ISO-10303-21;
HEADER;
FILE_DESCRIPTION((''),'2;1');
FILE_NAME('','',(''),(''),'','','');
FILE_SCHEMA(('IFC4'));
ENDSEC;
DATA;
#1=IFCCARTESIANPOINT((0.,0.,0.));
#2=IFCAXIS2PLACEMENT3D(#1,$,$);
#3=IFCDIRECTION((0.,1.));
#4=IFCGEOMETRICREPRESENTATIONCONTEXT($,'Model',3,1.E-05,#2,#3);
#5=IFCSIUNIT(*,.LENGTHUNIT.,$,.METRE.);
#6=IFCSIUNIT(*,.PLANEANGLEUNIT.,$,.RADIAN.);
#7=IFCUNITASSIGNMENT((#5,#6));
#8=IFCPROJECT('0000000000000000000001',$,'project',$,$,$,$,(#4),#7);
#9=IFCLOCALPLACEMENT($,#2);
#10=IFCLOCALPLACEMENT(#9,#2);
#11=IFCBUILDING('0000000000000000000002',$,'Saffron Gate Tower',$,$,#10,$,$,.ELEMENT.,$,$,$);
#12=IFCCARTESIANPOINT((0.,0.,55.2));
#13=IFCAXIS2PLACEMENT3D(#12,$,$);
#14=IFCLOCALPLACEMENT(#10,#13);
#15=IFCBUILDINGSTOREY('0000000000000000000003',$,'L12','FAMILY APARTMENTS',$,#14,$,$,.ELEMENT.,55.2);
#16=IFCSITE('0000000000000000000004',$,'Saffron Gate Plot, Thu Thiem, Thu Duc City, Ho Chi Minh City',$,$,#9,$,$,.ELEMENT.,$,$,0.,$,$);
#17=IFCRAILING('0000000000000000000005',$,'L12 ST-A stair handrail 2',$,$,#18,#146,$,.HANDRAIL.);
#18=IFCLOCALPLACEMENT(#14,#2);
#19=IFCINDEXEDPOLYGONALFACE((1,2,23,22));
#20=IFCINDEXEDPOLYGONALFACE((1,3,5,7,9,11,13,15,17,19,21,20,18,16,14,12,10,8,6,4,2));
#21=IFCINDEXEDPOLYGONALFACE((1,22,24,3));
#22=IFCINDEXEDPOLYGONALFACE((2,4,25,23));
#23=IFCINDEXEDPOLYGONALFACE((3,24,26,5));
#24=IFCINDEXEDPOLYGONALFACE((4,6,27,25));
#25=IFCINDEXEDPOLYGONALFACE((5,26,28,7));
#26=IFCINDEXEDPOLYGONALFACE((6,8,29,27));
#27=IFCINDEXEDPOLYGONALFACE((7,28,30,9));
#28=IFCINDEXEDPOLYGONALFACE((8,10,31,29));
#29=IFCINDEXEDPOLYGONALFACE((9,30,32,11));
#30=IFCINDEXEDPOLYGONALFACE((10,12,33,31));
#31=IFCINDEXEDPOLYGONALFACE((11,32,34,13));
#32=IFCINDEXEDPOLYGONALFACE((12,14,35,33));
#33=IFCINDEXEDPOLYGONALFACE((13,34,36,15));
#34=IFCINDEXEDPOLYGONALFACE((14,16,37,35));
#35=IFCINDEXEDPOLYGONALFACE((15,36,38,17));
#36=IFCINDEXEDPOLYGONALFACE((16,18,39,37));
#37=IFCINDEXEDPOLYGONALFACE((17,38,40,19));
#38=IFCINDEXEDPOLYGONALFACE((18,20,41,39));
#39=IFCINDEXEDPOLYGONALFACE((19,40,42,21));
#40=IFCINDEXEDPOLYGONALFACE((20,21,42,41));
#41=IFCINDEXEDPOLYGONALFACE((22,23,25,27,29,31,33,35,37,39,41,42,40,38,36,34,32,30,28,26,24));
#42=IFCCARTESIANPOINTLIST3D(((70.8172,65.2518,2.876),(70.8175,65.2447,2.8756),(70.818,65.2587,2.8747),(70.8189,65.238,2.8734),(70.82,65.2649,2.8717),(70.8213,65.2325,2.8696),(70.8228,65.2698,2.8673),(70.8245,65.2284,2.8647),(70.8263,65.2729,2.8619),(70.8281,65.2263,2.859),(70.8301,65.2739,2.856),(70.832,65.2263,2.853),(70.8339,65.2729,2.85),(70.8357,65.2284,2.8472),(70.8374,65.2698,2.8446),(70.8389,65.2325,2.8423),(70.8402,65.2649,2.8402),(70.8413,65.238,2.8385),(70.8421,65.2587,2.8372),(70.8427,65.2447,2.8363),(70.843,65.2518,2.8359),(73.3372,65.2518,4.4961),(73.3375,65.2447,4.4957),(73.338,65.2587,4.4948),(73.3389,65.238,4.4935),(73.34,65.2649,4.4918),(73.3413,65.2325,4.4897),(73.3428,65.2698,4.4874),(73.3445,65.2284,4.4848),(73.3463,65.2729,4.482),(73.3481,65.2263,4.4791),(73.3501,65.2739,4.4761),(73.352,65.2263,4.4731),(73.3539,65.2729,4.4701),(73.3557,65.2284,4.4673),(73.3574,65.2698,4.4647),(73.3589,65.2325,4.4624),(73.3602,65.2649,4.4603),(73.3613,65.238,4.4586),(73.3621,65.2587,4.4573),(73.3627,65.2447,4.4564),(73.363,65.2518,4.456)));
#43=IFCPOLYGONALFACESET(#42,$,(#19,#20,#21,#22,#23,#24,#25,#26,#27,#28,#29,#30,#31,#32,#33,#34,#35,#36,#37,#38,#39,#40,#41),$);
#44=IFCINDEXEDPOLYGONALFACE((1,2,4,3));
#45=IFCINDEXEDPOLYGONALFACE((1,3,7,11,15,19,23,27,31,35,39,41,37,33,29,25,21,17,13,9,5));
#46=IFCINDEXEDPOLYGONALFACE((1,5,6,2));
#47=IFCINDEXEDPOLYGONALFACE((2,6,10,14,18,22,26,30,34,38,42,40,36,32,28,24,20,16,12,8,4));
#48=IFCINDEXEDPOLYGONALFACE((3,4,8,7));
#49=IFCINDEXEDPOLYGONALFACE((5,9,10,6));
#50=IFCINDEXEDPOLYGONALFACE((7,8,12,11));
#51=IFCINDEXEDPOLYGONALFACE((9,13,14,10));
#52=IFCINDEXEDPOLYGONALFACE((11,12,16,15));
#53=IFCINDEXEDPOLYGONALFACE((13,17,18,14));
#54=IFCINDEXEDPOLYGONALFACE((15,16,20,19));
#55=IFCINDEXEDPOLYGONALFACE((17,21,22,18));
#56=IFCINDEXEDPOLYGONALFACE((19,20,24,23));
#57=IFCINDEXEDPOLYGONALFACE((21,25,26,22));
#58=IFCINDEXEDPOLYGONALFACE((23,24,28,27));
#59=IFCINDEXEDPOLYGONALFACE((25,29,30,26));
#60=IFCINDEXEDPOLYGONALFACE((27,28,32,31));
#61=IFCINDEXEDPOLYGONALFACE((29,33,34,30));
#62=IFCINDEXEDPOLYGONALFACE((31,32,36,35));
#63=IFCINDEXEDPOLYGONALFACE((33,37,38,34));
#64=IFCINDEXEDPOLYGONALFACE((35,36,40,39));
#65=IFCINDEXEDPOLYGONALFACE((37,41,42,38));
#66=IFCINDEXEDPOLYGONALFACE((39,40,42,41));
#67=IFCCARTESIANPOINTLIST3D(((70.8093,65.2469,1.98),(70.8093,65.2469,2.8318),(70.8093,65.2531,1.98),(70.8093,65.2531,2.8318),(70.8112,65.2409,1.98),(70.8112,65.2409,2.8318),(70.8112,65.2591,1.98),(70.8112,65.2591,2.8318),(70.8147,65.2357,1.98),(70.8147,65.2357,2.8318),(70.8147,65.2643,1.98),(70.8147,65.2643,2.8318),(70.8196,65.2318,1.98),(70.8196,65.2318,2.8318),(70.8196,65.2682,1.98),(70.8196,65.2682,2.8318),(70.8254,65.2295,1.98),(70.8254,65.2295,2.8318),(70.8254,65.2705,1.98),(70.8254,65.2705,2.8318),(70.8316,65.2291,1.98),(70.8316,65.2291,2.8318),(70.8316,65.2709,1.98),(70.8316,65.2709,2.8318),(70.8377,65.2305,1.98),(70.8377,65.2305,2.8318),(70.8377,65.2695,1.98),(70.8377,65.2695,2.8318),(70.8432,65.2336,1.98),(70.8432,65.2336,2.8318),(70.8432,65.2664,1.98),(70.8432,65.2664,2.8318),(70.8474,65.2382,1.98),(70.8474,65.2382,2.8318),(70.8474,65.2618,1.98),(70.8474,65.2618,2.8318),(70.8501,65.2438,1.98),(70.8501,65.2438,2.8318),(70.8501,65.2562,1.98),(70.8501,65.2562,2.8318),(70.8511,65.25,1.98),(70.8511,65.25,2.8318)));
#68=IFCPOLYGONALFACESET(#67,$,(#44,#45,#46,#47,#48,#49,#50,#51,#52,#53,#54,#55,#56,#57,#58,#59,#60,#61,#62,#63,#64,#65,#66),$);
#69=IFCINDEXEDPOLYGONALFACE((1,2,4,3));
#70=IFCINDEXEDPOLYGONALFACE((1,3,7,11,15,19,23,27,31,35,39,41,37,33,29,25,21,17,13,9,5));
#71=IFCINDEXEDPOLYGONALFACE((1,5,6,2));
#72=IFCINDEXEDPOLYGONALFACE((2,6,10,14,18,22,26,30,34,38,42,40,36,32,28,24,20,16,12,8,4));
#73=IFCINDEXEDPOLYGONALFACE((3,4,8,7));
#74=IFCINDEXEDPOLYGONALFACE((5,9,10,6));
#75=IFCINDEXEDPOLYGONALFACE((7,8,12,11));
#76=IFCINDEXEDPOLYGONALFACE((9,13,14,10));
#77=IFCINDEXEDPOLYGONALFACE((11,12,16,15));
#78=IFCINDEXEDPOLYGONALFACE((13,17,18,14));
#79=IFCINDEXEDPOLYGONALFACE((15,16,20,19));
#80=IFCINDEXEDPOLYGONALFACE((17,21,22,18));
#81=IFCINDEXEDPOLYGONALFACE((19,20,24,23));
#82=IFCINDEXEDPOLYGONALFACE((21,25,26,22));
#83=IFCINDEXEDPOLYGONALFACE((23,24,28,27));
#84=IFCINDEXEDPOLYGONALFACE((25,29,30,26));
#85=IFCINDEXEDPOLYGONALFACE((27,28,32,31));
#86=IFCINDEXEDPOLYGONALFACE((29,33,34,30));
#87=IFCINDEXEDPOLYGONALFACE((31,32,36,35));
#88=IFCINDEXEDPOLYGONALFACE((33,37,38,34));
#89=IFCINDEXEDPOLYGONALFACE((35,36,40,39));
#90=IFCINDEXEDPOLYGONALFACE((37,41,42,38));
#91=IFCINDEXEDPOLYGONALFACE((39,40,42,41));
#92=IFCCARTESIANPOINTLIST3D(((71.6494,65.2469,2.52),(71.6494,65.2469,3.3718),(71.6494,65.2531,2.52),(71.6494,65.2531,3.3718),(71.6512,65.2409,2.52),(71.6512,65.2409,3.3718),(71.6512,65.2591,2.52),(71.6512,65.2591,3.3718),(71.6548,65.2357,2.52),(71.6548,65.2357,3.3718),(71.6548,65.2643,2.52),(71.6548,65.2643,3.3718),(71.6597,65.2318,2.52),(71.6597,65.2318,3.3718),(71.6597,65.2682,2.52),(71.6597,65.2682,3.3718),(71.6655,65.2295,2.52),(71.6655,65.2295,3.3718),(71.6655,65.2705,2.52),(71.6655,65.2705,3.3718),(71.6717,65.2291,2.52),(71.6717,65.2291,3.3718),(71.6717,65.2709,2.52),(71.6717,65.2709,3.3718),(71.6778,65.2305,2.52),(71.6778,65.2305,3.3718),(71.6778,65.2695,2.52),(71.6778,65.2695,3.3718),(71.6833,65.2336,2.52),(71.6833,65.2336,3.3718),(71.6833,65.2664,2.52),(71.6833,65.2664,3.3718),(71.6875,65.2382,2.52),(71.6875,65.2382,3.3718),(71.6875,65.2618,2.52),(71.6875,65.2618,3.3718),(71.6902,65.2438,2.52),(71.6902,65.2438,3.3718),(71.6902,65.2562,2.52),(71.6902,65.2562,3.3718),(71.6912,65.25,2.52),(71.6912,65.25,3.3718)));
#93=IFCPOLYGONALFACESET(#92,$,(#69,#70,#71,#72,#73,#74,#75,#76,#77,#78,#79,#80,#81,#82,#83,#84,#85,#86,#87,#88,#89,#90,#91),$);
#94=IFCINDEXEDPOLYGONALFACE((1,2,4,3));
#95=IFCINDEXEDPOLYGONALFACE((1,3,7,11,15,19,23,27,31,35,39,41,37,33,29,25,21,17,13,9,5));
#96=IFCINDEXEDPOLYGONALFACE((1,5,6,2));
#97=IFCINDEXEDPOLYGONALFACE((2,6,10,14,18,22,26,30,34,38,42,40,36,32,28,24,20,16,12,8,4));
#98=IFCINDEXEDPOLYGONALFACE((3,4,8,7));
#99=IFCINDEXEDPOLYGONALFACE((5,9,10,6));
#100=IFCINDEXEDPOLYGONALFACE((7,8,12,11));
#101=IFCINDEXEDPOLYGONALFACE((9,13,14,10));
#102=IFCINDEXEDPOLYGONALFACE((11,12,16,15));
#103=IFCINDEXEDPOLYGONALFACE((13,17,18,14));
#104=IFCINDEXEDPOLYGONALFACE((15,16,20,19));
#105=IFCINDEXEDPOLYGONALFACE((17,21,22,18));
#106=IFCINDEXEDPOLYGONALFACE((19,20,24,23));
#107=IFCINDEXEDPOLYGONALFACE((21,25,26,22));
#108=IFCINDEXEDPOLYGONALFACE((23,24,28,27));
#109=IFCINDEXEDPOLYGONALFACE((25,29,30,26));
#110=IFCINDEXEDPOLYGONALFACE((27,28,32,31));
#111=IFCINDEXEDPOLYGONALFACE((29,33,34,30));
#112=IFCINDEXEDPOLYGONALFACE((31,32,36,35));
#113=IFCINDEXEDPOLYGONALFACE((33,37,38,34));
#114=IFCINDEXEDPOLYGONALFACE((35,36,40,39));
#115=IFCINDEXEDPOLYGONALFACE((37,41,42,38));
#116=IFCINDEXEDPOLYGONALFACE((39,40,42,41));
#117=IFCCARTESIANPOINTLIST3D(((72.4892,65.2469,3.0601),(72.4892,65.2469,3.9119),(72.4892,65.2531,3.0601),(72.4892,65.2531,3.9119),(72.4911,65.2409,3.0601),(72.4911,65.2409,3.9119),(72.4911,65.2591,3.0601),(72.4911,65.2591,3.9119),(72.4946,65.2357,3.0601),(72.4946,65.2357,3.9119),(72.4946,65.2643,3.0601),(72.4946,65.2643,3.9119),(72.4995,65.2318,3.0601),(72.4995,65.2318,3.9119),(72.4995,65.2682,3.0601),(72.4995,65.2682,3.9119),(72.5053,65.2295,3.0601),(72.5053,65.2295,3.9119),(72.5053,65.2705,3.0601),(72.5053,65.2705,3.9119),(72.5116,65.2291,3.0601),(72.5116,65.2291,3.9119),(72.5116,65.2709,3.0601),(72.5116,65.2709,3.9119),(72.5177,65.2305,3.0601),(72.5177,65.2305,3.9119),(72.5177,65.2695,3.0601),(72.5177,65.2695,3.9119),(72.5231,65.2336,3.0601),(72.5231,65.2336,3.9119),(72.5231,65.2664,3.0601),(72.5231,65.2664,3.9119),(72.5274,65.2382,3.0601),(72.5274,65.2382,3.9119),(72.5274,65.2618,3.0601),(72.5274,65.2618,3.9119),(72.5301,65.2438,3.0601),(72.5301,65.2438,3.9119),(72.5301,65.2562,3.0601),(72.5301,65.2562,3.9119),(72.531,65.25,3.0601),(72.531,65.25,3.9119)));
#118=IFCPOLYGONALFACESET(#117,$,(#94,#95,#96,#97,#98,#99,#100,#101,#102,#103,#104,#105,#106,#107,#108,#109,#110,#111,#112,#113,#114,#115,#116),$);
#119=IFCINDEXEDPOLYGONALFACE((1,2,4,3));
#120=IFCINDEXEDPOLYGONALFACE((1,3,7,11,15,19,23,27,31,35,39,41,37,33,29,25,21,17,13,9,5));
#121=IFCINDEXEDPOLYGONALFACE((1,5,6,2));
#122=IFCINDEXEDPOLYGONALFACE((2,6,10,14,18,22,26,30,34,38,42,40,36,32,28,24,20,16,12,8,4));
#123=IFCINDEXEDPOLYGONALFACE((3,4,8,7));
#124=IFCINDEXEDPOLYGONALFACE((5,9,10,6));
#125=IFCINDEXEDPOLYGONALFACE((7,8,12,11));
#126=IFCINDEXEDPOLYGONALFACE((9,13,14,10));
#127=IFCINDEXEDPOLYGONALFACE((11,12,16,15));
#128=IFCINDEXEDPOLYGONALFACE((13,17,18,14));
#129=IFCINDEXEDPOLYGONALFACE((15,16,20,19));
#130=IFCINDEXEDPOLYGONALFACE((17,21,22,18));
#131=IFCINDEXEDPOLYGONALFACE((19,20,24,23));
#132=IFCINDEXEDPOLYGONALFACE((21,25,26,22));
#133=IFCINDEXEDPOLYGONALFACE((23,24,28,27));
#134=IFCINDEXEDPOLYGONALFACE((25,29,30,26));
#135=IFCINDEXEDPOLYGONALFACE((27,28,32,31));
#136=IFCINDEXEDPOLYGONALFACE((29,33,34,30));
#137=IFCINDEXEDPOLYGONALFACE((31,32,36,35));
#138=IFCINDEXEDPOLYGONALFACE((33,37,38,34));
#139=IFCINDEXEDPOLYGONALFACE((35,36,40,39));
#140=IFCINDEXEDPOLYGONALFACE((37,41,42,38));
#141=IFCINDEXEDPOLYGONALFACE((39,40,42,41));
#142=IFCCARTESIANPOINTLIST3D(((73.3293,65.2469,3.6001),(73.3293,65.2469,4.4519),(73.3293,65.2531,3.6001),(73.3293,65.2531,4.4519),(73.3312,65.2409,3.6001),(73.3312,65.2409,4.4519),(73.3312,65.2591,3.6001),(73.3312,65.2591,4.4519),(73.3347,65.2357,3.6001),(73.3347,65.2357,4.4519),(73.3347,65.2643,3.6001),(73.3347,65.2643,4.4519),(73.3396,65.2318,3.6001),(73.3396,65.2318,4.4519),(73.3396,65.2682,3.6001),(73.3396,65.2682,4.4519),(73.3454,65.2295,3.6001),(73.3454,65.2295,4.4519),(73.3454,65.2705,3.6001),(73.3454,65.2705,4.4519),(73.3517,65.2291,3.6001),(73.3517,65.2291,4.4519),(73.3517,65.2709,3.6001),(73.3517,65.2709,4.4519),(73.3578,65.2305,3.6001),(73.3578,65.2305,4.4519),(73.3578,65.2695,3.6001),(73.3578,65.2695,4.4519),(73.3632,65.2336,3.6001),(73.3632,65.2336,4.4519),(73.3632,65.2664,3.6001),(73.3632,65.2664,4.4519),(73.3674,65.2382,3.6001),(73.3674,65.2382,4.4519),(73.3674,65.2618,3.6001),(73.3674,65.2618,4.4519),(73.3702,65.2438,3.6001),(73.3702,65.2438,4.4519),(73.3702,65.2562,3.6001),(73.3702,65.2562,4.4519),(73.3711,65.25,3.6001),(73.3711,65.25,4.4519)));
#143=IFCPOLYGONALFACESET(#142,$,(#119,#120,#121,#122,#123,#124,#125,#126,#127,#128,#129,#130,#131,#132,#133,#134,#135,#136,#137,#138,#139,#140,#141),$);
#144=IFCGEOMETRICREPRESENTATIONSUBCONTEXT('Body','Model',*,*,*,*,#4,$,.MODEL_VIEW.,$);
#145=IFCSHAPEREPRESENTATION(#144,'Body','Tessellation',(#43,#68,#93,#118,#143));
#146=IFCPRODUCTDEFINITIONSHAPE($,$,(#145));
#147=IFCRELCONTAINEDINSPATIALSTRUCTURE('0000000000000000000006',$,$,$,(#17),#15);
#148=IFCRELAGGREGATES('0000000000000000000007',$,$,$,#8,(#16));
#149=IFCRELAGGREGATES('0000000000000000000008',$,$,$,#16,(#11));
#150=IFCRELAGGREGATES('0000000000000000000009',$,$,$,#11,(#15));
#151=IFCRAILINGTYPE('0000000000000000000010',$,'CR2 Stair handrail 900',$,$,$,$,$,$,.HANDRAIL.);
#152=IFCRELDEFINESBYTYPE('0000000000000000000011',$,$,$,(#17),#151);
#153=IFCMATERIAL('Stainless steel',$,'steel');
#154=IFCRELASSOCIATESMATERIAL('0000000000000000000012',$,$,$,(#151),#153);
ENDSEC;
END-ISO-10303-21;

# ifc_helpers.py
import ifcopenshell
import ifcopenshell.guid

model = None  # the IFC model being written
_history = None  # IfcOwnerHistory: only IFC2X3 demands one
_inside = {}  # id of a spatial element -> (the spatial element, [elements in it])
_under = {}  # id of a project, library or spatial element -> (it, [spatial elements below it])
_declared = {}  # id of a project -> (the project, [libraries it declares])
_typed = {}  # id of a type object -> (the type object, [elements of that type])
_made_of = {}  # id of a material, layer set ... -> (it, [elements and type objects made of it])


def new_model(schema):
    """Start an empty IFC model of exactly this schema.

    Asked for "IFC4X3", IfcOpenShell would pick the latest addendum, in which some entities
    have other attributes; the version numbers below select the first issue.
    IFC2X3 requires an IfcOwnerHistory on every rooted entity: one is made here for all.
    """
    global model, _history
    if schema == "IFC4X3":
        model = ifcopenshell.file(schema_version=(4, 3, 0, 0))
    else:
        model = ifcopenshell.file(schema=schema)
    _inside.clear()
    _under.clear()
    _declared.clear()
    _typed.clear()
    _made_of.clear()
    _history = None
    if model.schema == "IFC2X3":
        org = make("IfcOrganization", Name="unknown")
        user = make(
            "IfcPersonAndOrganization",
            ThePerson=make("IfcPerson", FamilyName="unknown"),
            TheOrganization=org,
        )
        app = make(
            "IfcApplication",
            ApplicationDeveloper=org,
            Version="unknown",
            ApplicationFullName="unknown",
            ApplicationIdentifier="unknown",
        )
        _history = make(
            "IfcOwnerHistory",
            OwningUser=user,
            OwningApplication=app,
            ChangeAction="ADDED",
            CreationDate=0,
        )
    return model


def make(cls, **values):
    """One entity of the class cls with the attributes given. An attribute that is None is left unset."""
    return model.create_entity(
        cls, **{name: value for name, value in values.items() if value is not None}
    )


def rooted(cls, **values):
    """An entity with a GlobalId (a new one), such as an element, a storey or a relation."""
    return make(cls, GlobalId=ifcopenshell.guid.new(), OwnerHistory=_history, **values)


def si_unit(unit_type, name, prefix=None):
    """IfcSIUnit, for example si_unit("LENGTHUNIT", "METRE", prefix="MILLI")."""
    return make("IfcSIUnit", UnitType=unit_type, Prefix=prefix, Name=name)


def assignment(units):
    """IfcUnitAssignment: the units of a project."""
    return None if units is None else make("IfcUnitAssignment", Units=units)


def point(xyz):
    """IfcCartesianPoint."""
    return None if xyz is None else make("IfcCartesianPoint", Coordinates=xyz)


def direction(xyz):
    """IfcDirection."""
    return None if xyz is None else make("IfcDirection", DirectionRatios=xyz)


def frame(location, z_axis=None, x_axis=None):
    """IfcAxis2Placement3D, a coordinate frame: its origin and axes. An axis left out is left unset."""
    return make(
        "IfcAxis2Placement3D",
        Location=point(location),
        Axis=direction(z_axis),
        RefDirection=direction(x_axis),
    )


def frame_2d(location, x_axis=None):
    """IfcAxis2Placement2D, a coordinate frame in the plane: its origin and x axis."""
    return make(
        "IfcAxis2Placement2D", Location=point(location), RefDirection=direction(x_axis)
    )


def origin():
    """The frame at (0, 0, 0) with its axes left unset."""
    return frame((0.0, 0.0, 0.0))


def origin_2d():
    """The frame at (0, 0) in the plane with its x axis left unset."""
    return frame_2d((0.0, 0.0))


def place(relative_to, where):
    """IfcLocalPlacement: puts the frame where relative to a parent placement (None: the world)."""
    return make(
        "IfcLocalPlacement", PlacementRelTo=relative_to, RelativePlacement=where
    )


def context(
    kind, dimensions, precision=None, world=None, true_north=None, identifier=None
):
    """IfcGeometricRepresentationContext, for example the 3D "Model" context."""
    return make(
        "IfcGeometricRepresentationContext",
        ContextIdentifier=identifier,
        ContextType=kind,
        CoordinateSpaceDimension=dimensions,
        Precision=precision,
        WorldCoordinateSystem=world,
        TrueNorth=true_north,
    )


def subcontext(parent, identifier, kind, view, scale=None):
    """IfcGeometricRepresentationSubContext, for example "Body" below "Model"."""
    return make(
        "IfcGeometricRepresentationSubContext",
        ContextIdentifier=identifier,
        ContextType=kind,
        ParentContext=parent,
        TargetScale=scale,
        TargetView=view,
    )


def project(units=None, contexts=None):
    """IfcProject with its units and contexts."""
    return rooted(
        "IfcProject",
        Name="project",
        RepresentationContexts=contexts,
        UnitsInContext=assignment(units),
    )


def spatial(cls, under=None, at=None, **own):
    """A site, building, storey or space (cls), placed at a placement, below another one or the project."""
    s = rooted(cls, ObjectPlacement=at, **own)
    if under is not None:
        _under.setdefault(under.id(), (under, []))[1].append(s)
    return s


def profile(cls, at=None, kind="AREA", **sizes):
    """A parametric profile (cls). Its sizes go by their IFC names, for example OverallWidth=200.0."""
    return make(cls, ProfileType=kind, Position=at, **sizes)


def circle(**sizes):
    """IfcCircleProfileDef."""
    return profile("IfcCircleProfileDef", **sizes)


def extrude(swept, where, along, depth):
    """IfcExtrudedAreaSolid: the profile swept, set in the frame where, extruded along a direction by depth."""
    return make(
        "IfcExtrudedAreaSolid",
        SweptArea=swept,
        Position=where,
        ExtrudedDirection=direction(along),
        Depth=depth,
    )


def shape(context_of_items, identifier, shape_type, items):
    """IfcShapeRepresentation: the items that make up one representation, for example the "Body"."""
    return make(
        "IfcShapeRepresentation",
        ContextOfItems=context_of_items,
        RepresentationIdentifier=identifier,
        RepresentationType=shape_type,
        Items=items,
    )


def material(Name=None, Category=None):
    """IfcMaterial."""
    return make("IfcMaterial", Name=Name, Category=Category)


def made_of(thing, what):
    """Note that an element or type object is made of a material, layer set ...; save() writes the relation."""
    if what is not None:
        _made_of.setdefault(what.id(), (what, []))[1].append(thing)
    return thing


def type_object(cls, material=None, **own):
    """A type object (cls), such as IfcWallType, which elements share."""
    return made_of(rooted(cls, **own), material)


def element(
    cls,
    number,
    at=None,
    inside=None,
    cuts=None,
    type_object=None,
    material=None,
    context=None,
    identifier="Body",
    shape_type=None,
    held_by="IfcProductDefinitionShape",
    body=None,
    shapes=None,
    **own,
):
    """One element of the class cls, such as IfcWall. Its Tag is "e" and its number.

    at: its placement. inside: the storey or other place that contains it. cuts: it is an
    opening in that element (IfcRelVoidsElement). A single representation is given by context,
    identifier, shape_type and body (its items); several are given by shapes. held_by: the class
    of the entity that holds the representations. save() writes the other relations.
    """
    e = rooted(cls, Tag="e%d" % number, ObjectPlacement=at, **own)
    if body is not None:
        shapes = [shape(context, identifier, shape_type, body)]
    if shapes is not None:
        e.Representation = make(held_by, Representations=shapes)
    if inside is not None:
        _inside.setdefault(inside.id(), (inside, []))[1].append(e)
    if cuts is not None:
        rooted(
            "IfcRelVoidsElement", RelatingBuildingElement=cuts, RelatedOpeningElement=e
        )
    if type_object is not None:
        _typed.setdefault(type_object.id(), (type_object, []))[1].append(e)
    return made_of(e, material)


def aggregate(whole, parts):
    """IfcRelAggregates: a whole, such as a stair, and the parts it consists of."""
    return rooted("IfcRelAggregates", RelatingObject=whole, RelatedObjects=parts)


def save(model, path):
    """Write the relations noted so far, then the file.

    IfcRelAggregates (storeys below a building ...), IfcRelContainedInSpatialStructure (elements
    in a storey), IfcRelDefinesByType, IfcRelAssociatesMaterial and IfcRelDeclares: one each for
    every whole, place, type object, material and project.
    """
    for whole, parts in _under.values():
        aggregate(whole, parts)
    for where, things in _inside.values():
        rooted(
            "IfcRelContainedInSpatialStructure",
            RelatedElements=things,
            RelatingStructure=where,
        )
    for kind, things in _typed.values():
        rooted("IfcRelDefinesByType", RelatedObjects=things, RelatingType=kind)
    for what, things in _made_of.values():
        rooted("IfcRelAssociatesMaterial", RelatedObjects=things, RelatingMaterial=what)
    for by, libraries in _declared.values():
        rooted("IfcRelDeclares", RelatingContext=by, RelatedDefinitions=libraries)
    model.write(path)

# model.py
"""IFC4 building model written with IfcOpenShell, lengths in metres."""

from ifc_helpers import new_model, si_unit, direction, frame, origin, origin_2d, place, context, subcontext, project, spatial, circle, extrude, material, type_object, element, save


model = new_model("IFC4")

# Units and contexts
model_context = context("Model", 3, precision=1e-05, world=origin(), true_north=direction((0.0, 1.0)))
body_context = subcontext(model_context, "Body", "Model", "MODEL_VIEW")
ifc_project = project(units=[si_unit("LENGTHUNIT", "METRE"), si_unit("PLANEANGLEUNIT", "RADIAN")], contexts=[model_context])

# Site, building, storey
site_placement = place(None, origin())
site = spatial("IfcSite", under=ifc_project, at=site_placement, Name="Saffron Gate Plot, Thu Thiem, Thu Duc City, Ho Chi Minh City", CompositionType="ELEMENT", RefElevation=0.0)
building_placement = place(site_placement, origin())
building = spatial("IfcBuilding", under=site, at=building_placement, Name="Saffron Gate Tower", CompositionType="ELEMENT")
storey_placement = place(building_placement, frame((0.0, 0.0, 55.2)))
storey = spatial("IfcBuildingStorey", under=building, at=storey_placement, Name="L12", Description="FAMILY APARTMENTS", CompositionType="ELEMENT", Elevation=55.2)

# Railing
ifc_material_1 = material(Name="Stainless steel", Category="steel")
railing_type = type_object("IfcRailingType", Name="CR2 Stair handrail 900", PredefinedType="HANDRAIL", material=ifc_material_1)
railing_placement = place(storey_placement, frame((70.8301, 65.25, 1.98)))
element("IfcRailing", 1, at=railing_placement, inside=storey, type_object=railing_type, Name="L12 ST-A stair handrail 2", PredefinedType="HANDRAIL", context=body_context, shape_type="SweptSolid", body=[
    extrude(circle(Radius=0.0239, at=origin_2d()), frame((0.0, 0.0, 0.876), z_axis=(0.841163, 0.0, 0.540782), x_axis=(0.0, 1.0, 0.0)), (0.0, 0.0, 1.0), 2.9958),
    extrude(circle(Radius=0.021, at=origin_2d()), origin(), (0.0, 0.0, 1.0), 0.8518),
    extrude(circle(Radius=0.021, at=origin_2d()), frame((0.8401, 0.0, 0.54)), (0.0, 0.0, 1.0), 0.8518),
    extrude(circle(Radius=0.021, at=origin_2d()), frame((1.6799, 0.0, 1.0801)), (0.0, 0.0, 1.0), 0.8518),
    extrude(circle(Radius=0.021, at=origin_2d()), frame((2.52, 0.0, 1.6201)), (0.0, 0.0, 1.0), 0.8518),
])

save(model, "model.ifc")
